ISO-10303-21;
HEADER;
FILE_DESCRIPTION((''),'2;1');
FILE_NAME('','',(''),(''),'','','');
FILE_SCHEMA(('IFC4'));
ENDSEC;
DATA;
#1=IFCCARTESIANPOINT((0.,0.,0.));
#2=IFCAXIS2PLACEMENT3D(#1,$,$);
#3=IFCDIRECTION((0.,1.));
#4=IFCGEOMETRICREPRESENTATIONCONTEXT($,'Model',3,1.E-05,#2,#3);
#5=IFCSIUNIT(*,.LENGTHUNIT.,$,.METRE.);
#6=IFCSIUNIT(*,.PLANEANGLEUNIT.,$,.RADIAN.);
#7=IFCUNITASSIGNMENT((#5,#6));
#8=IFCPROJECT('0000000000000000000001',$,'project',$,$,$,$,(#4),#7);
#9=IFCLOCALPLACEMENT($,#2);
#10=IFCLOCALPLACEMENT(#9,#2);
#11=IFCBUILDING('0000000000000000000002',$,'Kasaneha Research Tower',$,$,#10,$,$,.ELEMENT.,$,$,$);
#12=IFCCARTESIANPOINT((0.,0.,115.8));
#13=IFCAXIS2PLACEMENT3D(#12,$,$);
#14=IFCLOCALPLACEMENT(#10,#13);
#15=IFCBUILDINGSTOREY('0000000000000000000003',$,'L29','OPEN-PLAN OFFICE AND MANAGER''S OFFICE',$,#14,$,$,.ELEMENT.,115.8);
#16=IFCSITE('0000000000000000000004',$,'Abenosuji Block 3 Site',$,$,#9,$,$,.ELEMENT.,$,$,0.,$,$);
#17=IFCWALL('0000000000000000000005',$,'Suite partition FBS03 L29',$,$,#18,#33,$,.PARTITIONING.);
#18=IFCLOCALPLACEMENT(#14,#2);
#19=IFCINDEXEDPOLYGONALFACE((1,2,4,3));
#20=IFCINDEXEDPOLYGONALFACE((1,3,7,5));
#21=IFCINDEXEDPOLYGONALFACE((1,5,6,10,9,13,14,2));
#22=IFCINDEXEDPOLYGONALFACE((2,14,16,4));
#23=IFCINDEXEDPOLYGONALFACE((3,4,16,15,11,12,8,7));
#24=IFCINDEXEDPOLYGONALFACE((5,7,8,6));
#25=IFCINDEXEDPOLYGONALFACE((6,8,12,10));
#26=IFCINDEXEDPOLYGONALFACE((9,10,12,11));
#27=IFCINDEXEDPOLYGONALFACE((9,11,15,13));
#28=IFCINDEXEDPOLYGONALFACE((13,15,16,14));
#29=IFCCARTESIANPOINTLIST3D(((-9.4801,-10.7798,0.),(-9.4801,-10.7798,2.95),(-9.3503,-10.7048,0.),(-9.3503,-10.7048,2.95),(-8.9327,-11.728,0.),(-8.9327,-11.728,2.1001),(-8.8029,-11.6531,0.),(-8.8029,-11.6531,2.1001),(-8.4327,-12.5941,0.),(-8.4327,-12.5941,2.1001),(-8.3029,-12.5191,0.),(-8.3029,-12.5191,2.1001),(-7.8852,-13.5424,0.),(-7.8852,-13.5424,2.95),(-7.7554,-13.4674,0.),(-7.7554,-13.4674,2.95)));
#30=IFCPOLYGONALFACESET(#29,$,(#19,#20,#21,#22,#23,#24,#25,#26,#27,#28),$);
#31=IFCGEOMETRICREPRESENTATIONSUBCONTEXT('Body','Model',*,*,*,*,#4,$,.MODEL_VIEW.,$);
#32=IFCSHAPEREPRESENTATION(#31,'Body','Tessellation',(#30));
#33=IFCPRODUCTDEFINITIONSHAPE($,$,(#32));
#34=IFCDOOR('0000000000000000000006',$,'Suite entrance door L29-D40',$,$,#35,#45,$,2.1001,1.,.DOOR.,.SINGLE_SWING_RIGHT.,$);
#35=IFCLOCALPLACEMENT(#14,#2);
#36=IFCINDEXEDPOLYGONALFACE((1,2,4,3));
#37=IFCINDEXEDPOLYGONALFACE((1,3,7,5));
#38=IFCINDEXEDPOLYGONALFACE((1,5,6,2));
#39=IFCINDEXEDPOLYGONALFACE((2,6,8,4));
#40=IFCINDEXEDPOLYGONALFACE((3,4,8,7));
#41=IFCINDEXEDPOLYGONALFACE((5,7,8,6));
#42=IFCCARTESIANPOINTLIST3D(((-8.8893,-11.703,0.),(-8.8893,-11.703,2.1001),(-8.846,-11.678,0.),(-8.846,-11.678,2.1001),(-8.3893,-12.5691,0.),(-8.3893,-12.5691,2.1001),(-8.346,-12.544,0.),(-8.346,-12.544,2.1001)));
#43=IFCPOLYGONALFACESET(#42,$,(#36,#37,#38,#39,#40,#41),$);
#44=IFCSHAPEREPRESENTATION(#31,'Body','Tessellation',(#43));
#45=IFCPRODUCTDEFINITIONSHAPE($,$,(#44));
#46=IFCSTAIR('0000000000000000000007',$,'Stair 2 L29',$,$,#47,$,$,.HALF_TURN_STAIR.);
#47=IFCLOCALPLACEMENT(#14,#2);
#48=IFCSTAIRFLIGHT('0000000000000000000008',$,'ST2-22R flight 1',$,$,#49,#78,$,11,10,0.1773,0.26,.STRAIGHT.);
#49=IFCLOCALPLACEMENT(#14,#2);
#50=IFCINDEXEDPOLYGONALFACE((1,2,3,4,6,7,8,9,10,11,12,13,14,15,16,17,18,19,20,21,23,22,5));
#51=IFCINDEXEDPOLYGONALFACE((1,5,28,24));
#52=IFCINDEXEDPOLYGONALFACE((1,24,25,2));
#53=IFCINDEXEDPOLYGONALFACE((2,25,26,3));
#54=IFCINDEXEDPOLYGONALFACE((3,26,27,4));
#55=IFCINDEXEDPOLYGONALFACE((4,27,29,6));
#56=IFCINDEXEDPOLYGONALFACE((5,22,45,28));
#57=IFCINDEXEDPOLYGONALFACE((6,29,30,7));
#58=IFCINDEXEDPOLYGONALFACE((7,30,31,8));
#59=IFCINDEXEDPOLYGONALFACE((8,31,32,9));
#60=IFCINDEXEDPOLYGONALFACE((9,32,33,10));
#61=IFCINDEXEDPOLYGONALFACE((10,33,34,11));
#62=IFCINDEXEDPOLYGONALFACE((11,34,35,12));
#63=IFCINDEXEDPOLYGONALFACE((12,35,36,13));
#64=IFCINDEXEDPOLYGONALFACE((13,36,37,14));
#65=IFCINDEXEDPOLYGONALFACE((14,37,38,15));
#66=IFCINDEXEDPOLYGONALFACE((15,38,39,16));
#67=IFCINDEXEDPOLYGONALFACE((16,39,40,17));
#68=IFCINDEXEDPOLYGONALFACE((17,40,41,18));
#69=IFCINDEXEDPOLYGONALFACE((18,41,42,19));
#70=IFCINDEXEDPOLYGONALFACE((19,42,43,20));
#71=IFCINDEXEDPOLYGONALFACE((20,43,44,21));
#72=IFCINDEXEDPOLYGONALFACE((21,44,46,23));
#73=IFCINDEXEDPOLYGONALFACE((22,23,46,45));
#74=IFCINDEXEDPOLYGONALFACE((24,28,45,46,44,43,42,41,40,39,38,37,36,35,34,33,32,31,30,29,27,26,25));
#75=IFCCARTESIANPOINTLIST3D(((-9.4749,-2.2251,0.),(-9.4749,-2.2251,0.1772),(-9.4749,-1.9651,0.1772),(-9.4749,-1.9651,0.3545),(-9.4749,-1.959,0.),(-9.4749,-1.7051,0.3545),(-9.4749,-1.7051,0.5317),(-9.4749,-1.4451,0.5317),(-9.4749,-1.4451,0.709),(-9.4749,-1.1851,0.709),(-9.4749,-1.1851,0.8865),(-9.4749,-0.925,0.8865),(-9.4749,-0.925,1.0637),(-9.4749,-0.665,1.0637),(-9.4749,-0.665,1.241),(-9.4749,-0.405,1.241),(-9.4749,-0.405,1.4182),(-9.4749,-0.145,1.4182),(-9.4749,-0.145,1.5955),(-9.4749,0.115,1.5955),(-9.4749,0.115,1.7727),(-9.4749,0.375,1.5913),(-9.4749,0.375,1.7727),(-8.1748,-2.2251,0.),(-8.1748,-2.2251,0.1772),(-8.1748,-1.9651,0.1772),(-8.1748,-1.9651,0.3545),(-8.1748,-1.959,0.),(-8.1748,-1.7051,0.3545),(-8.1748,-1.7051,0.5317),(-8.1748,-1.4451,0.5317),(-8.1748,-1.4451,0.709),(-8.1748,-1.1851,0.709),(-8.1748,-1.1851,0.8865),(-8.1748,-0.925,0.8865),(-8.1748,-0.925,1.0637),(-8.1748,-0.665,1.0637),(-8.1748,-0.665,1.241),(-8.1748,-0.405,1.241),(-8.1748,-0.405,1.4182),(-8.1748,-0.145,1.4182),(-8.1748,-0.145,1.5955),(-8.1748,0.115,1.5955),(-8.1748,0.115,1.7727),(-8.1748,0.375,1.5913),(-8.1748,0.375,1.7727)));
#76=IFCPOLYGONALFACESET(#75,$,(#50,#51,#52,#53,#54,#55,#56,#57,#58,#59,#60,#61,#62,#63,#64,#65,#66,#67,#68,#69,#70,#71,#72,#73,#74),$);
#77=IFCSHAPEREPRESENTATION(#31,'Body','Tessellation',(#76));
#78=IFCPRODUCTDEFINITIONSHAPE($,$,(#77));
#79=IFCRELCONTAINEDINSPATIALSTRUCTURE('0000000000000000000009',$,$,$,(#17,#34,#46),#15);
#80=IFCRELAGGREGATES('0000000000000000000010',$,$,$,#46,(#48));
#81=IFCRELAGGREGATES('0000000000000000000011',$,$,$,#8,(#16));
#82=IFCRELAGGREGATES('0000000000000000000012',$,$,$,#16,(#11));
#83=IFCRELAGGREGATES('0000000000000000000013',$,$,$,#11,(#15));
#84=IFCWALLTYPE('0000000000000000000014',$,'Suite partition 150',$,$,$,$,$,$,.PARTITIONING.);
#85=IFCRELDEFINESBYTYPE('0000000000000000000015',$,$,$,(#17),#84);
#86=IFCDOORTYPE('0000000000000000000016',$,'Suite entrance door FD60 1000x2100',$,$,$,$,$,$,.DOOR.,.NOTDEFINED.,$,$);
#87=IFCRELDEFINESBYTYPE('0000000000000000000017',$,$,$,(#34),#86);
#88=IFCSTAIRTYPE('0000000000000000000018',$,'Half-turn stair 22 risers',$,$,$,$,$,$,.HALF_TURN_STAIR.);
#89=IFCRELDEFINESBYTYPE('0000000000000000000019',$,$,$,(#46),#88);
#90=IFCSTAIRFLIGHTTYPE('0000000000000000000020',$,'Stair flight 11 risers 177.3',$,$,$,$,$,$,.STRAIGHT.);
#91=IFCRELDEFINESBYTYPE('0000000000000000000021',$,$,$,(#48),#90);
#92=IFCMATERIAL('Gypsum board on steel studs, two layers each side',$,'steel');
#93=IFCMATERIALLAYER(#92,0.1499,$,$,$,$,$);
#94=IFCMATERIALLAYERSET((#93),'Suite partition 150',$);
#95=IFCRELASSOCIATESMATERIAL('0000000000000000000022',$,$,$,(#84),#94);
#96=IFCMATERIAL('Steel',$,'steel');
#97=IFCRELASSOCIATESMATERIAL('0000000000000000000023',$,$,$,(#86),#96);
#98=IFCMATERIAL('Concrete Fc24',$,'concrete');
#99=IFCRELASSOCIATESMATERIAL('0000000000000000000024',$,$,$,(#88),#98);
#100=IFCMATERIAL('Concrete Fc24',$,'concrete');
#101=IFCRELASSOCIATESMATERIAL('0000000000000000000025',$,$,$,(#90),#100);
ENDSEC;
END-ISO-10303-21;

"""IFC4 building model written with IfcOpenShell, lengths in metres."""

from ifc_helpers import new_model, si_unit, direction, frame, frame_2d, origin, place, context, subcontext, project, spatial, polyline, rectangle, outline, extrude, material, layer, layer_set, type_object, element, fill, aggregate, save


model = new_model("IFC4")

# Units and contexts
model_context = context("Model", 3, precision=1e-05, world=origin(), true_north=direction((0.0, 1.0)))
body_context = subcontext(model_context, "Body", "Model", "MODEL_VIEW")
ifc_project = project(units=[si_unit("LENGTHUNIT", "METRE"), si_unit("PLANEANGLEUNIT", "RADIAN")], contexts=[model_context])

# Site, building, storey
site_placement = place(None, origin())
site = spatial("IfcSite", under=ifc_project, at=site_placement, Name="Abenosuji Block 3 Site", CompositionType="ELEMENT", RefElevation=0.0)
building_placement = place(site_placement, origin())
building = spatial("IfcBuilding", under=site, at=building_placement, Name="Kasaneha Research Tower", CompositionType="ELEMENT")
storey_placement = place(building_placement, frame((0.0, 0.0, 115.8)))
storey = spatial("IfcBuildingStorey", under=building, at=storey_placement, Name="L29", Description="OPEN-PLAN OFFICE AND MANAGER'S OFFICE", CompositionType="ELEMENT", Elevation=115.8)

# Shared definitions
ifc_material_1 = material(Name="Gypsum board on steel studs, two layers each side", Category="steel")
ifc_layer_1 = layer(ifc_material_1, 0.1499)
ifc_layer_set_1 = layer_set([ifc_layer_1], Name="Suite partition 150")
wall_type_1 = type_object("IfcWallType", Name="Suite partition 150", PredefinedType="PARTITIONING", material=ifc_layer_set_1)
ifc_material_2 = material(Name="Steel", Category="steel")
door_type_1 = type_object("IfcDoorType", Name="Suite entrance door FD60 1000x2100", OperationType="NOTDEFINED", PredefinedType="DOOR", material=ifc_material_2)

# Wall, opening, door
wall_1_placement = place(storey_placement, frame((-7.8203, -13.5049, 0.0), z_axis=(0.0, 0.0, 1.0), x_axis=(-0.499983, 0.866035, 0.0)))
wall_1 = element("IfcWall", 1, at=wall_1_placement, inside=storey, type_object=wall_type_1, Name="Suite partition FBS03 L29", PredefinedType="PARTITIONING", context=body_context, shape_type="SweptSolid", body=[
    extrude(rectangle(XDim=3.1899, YDim=0.1499, at=frame_2d((1.595, 0.0))), origin(), (0.0, 0.0, 1.0), 2.95),
])
opening_1_placement = place(wall_1_placement, frame((1.095, 0.0, 0.0)))
opening_1 = element("IfcOpeningElement", 2, at=opening_1_placement, cuts=wall_1, PredefinedType="OPENING", context=body_context, shape_type="SweptSolid", body=[
    extrude(rectangle(XDim=1.0, YDim=2.1001, at=frame_2d((0.5, 1.05))), frame((0.0, 0.085, 0.0), z_axis=(0.0, -1.0, 0.0), x_axis=(1.0, 0.0, 0.0)), (0.0, 0.0, 1.0), 0.1699),
])
door_1_placement = place(opening_1_placement, origin())
door_1 = element("IfcDoor", 3, at=door_1_placement, inside=storey, type_object=door_type_1, Name="Suite entrance door L29-D40", OperationType="SINGLE_SWING_RIGHT", OverallHeight=2.1001, OverallWidth=1.0, PredefinedType="DOOR", context=body_context, shape_type="SweptSolid", body=[
    extrude(rectangle(XDim=1.0, YDim=2.1001, at=frame_2d((0.5, 1.05))), frame((0.0, 0.0249, 0.0), z_axis=(0.0, -1.0, 0.0), x_axis=(1.0, 0.0, 0.0)), (0.0, 0.0, 1.0), 0.05),
])
fill(opening_1, door_1)

# Stair, stair flight
ifc_material_3 = material(Name="Concrete Fc24", Category="concrete")
stair_type = type_object("IfcStairType", Name="Half-turn stair 22 risers", PredefinedType="HALF_TURN_STAIR", material=ifc_material_3)
stair_placement = place(storey_placement, origin())
stair = element("IfcStair", 4, at=stair_placement, inside=storey, type_object=stair_type, Name="Stair 2 L29", PredefinedType="HALF_TURN_STAIR")
ifc_material_4 = material(Name="Concrete Fc24", Category="concrete")
stair_flight_type = type_object("IfcStairFlightType", Name="Stair flight 11 risers 177.3", PredefinedType="STRAIGHT", material=ifc_material_4)
stair_flight_placement = place(storey_placement, frame((-8.825, -2.2251, 0.0), z_axis=(0.0, 0.0, 1.0), x_axis=(0.0, 1.0, 0.0)))
stair_flight = element("IfcStairFlight", 5, at=stair_flight_placement, type_object=stair_flight_type, Name="ST2-22R flight 1", NumberOfRisers=11, NumberOfTreads=10, PredefinedType="STRAIGHT", RiserHeight=0.1773, TreadLength=0.26, context=body_context, shape_type="SweptSolid", body=[
    extrude(outline(polyline([(0.0, 0.0), (0.0, 0.1772), (0.26, 0.1772), (0.26, 0.3545), (0.52, 0.3545), (0.52, 0.5317), (0.78, 0.5317), (0.78, 0.709), (1.04, 0.709), (1.04, 0.8865), (1.3, 0.8865), (1.3, 1.0637), (1.5601, 1.0637), (1.5601, 1.241), (1.8201, 1.241), (1.8201, 1.4182), (2.0801, 1.4182), (2.0801, 1.5955), (2.3401, 1.5955), (2.3401, 1.7727), (2.6001, 1.7727), (2.6001, 1.95), (2.6001, 1.5913), (0.2661, 0.0), (0.0, 0.0)])), frame((0.0, 0.6499, 0.0), z_axis=(0.0, -1.0, 0.0), x_axis=(1.0, 0.0, 0.0)), (0.0, 0.0, 1.0), 1.3),
])
aggregate(stair, [stair_flight])

save(model, "model.ifc")
